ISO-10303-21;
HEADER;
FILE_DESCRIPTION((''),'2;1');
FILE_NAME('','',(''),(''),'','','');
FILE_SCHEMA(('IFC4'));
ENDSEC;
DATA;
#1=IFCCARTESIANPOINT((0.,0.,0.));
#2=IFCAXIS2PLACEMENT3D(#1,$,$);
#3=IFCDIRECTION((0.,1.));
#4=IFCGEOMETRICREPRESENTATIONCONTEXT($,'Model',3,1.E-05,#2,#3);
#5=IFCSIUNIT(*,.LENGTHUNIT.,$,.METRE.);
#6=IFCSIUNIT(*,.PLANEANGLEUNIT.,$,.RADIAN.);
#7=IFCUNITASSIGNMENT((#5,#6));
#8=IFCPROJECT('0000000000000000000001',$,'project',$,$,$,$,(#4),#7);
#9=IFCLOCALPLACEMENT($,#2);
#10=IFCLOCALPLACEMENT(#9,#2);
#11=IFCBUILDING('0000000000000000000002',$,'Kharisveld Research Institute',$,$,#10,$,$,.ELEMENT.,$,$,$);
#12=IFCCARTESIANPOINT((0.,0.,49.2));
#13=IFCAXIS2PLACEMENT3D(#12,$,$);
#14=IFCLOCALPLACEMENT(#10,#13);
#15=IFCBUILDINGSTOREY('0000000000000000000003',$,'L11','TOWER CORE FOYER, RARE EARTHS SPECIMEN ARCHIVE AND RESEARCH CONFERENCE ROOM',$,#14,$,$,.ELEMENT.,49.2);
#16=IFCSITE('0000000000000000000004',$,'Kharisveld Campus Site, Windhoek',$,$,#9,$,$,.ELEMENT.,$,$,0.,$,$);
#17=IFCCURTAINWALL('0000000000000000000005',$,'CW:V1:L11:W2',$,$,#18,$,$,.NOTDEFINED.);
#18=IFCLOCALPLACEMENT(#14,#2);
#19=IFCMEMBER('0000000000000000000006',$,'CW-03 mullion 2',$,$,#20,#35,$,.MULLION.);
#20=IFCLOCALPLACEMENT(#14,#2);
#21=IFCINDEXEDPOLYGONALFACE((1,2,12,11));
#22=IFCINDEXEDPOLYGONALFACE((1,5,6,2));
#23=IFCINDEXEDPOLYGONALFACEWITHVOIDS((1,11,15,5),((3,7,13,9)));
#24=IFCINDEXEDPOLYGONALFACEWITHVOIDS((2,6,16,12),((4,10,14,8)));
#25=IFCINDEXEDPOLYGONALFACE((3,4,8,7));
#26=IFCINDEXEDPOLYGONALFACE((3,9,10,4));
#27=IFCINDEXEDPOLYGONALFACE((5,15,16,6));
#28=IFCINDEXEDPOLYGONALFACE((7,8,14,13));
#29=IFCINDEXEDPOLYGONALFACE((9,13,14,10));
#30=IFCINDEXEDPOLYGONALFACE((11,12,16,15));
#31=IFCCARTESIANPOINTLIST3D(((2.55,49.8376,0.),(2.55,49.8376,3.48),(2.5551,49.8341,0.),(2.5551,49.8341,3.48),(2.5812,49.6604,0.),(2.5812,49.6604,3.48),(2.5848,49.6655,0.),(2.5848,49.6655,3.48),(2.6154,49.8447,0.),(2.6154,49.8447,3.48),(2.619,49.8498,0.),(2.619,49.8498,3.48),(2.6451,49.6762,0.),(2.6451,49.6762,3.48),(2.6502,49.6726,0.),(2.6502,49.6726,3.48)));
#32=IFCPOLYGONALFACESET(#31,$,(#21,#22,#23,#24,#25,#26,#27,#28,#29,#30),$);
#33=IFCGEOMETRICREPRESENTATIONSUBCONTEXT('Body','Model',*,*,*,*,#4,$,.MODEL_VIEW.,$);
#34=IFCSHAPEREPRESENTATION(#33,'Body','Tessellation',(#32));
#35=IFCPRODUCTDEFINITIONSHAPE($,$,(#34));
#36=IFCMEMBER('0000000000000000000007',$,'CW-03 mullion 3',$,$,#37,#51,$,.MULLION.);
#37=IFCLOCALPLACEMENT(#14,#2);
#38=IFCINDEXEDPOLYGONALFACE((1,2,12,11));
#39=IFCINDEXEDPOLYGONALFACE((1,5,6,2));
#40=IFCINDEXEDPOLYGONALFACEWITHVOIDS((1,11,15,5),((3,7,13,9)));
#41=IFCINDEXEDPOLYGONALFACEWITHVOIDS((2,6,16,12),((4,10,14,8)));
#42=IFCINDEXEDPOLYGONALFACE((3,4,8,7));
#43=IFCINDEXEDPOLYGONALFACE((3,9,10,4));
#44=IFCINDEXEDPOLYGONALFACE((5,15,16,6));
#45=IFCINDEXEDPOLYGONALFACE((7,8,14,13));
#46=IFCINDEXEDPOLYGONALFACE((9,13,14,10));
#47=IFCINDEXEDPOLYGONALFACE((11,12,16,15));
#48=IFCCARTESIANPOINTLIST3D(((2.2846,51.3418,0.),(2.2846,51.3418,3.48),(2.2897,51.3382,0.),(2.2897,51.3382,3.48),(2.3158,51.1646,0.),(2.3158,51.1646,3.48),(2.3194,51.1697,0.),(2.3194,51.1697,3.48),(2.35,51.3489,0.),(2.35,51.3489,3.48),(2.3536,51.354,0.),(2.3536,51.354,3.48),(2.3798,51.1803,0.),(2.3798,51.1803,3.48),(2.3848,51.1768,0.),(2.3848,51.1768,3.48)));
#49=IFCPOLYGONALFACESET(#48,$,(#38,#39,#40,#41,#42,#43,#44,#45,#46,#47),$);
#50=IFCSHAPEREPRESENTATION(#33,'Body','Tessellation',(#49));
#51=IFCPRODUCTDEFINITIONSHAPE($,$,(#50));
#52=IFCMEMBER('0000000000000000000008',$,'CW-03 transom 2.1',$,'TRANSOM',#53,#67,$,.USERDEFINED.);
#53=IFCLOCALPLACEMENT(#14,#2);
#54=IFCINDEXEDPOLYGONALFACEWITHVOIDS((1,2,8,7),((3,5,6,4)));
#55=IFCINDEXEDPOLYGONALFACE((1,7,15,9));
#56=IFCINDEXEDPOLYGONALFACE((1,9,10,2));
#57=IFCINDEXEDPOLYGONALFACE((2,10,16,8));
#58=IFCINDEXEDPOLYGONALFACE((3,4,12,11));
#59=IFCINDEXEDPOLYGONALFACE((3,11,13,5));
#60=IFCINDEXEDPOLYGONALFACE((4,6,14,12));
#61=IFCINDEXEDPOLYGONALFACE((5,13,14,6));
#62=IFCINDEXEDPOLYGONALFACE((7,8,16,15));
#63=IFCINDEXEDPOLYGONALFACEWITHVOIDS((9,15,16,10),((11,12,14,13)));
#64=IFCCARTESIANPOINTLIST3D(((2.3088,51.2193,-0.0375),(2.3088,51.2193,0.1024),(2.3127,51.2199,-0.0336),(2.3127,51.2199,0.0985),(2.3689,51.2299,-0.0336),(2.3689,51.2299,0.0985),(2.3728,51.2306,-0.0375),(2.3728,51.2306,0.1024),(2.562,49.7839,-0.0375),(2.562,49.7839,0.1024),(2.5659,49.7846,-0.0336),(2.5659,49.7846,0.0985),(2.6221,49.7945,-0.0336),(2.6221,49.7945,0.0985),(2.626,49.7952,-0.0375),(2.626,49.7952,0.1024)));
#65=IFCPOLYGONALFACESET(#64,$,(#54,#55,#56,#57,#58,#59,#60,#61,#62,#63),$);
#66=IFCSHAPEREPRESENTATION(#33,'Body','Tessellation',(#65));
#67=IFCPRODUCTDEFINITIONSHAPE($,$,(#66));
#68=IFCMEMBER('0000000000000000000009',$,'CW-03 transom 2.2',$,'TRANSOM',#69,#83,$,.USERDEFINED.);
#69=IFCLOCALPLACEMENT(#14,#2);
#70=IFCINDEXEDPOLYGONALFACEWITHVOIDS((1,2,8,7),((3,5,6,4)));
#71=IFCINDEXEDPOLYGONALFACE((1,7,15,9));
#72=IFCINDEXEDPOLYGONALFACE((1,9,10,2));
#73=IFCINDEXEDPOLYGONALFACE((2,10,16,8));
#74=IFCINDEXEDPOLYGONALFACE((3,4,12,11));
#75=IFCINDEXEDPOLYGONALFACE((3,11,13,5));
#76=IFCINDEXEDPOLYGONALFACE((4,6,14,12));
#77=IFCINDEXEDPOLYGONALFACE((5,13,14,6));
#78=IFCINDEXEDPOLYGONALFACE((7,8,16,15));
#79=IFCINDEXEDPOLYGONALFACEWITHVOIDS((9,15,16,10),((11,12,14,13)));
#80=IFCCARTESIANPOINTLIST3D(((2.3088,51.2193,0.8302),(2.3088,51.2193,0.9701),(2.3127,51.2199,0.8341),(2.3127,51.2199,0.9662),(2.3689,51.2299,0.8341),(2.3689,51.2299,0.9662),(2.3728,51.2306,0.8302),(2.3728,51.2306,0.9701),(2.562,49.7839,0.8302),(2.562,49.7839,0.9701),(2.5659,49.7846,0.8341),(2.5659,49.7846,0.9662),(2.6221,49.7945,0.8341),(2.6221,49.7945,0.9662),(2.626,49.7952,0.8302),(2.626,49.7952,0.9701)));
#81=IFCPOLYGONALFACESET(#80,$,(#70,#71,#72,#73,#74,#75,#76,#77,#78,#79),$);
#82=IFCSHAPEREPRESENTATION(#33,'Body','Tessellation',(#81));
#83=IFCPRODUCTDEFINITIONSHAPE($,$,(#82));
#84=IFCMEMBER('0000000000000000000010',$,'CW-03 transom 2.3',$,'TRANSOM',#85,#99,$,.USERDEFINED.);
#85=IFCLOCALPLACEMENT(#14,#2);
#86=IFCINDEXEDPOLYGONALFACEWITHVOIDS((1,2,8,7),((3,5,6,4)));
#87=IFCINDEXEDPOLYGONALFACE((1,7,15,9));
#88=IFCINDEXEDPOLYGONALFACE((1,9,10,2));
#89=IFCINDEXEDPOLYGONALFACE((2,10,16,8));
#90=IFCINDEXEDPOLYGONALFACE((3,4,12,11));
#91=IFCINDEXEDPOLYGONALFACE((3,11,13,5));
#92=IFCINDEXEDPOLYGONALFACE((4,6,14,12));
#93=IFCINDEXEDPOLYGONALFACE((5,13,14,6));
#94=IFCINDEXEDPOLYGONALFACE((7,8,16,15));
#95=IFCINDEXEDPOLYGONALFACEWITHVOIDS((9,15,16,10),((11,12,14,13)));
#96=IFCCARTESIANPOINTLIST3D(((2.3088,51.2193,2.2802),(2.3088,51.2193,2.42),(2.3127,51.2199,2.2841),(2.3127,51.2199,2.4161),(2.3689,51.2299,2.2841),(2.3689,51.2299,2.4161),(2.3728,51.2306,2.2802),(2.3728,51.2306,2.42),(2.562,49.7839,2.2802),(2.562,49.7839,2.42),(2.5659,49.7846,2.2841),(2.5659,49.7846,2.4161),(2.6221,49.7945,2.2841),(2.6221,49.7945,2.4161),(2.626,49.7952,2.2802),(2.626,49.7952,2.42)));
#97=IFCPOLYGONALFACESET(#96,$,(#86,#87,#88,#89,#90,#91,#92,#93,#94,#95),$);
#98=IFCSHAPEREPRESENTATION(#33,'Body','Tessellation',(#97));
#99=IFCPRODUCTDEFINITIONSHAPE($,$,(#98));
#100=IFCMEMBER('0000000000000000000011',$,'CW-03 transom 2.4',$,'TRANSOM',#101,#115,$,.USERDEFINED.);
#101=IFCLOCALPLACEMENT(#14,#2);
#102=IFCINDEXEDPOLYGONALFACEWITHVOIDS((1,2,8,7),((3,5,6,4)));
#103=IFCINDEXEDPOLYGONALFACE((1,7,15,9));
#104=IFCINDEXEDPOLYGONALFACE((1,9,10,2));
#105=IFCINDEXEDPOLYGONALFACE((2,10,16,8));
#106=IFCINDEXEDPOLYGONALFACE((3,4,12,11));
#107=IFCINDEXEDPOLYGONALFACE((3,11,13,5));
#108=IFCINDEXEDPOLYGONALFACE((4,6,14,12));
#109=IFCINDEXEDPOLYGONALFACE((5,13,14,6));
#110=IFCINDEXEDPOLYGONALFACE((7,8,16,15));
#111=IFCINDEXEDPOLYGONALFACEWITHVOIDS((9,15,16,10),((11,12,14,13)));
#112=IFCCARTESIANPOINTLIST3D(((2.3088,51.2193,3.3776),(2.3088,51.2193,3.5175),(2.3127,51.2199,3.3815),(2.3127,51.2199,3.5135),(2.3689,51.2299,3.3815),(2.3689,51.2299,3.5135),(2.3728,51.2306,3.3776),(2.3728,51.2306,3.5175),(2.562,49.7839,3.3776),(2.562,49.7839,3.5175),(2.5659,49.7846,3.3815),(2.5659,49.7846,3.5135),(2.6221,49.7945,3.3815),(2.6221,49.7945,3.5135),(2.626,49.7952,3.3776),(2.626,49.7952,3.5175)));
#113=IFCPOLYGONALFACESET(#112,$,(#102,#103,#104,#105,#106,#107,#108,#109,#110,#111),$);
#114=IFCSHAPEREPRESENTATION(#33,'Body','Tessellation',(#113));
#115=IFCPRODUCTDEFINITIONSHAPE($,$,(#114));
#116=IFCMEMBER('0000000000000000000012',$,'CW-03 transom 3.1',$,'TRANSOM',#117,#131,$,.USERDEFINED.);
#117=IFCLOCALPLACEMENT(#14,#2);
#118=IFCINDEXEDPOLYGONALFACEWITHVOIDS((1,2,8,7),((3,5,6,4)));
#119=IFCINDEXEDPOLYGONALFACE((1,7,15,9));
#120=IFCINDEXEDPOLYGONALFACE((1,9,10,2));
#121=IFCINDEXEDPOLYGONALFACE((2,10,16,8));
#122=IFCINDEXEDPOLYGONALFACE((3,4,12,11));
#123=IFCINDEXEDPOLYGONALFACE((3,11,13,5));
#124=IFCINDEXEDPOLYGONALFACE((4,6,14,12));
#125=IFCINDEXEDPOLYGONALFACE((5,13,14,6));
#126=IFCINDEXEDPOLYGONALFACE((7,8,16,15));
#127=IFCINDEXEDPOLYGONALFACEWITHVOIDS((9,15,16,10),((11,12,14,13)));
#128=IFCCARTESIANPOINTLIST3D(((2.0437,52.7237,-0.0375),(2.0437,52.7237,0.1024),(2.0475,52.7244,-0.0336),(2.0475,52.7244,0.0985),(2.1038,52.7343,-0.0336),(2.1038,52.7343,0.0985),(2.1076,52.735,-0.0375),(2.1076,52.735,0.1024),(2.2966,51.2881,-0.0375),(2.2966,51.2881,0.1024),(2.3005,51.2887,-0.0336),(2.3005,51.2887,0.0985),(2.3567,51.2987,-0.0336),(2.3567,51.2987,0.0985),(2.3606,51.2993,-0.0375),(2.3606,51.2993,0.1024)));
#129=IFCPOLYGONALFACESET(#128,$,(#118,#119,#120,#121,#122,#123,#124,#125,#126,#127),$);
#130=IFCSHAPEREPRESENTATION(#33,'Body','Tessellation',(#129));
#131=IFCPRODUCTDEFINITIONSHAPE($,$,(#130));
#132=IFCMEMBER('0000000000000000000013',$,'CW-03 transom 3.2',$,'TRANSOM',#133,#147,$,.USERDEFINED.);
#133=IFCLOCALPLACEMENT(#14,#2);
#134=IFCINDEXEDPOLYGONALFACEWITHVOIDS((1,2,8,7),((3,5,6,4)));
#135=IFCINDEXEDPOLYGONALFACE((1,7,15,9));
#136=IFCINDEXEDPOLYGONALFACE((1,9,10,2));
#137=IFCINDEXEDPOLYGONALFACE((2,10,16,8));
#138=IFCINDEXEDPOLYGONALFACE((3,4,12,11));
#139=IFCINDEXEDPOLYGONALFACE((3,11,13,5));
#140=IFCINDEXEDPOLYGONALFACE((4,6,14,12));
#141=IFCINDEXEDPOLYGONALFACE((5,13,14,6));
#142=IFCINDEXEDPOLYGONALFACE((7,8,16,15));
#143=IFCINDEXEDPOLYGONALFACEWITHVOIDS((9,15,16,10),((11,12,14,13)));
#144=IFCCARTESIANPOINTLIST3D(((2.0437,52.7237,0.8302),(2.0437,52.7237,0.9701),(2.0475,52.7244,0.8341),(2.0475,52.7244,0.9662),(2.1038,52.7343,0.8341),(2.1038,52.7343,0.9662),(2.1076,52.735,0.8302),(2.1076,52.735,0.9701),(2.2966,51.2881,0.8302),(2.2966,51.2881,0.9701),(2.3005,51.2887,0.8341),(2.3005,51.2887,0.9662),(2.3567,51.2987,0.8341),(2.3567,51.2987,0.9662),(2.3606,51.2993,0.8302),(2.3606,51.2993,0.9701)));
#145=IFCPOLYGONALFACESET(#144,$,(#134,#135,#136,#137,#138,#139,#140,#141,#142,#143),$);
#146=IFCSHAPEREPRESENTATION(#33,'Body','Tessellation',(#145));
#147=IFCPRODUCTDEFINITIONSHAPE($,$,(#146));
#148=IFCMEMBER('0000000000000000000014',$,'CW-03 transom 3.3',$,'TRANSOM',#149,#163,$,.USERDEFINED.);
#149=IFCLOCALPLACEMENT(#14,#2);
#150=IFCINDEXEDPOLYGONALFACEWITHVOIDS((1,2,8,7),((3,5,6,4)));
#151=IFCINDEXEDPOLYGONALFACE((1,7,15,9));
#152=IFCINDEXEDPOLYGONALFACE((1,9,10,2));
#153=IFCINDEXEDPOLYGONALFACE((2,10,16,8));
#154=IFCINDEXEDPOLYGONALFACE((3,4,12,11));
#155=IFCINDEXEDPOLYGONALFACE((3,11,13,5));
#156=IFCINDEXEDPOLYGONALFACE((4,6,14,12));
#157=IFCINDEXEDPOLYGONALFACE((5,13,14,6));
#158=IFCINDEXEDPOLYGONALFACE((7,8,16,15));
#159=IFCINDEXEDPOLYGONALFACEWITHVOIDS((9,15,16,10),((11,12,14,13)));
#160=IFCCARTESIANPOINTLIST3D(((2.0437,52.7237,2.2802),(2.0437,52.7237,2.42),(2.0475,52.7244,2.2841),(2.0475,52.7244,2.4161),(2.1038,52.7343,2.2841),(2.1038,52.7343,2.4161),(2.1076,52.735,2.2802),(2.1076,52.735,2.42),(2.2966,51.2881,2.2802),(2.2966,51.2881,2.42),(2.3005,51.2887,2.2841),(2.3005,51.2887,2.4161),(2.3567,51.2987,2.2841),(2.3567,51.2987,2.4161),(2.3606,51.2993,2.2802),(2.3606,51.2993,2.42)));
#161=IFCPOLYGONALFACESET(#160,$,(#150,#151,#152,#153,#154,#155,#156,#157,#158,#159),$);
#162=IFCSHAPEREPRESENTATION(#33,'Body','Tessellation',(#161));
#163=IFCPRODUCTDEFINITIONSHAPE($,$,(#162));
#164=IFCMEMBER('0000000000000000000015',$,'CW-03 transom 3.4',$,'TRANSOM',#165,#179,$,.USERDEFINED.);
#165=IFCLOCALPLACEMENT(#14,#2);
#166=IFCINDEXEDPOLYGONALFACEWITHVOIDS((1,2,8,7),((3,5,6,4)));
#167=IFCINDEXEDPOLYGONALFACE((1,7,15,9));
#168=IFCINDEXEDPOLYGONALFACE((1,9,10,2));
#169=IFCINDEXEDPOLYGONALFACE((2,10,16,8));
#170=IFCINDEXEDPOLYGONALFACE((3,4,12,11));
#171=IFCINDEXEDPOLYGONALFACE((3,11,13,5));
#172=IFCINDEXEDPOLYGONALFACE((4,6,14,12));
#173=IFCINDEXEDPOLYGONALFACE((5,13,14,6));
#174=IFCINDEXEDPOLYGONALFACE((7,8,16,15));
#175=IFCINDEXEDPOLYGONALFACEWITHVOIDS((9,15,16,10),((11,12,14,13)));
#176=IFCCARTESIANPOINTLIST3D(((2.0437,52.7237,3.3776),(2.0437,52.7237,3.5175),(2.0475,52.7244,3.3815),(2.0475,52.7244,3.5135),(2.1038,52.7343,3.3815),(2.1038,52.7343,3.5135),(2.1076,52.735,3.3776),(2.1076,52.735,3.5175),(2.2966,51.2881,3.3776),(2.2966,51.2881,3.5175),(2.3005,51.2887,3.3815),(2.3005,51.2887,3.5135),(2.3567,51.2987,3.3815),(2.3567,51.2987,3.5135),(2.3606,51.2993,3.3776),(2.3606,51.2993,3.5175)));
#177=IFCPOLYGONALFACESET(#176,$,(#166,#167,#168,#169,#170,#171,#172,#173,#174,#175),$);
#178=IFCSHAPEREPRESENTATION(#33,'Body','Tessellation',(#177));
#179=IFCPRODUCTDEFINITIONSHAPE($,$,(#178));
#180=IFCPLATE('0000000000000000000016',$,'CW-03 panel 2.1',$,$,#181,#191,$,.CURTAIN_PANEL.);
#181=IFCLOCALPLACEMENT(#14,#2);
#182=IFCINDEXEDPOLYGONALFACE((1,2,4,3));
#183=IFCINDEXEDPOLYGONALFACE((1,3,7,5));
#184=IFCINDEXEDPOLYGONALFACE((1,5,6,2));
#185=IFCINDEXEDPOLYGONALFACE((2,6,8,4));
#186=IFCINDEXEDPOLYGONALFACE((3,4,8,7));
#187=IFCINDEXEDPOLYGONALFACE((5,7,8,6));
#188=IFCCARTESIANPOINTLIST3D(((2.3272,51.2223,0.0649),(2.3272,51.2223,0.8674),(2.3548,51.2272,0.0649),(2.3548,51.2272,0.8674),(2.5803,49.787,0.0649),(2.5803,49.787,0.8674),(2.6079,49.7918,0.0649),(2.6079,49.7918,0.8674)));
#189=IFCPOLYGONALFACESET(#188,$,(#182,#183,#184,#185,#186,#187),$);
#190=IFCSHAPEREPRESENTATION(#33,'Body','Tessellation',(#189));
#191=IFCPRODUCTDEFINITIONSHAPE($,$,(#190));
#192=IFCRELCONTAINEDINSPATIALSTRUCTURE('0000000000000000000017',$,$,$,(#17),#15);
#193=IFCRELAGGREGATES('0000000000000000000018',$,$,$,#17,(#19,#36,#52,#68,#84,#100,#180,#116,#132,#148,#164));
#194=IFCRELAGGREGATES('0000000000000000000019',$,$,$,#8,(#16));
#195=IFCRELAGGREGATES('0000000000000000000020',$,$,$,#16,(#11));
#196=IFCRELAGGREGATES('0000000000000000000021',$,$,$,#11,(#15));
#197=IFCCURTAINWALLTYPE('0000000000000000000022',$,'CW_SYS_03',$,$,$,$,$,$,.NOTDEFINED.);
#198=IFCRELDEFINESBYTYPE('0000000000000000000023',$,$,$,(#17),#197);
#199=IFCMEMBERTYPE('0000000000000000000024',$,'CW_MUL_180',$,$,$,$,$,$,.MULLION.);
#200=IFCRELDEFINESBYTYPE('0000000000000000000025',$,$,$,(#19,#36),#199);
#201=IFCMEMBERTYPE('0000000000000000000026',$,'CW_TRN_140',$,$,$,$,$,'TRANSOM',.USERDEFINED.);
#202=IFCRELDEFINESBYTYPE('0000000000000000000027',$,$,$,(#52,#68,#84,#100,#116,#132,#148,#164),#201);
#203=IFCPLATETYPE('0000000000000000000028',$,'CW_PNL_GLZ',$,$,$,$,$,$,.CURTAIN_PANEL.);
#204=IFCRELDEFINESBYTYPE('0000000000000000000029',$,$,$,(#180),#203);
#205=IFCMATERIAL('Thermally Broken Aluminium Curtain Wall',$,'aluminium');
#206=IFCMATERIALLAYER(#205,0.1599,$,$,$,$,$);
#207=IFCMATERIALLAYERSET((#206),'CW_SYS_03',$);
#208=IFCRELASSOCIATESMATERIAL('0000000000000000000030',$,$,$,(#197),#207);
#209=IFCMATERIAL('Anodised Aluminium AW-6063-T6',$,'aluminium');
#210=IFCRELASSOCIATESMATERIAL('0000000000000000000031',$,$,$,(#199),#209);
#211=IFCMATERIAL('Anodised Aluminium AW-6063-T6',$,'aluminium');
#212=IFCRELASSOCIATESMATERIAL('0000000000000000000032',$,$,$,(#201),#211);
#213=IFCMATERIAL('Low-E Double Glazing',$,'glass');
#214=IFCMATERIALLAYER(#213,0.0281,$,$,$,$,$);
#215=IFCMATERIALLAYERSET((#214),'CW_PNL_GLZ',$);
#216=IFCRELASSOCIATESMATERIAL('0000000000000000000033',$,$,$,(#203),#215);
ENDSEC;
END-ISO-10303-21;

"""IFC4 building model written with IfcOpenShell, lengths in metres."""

from ifc_helpers import new_model, si_unit, direction, frame, origin, origin_2d, place, context, subcontext, project, spatial, rectangle, hollow_rectangle, extrude, material, layer, layer_set, material_profile, profile_set, type_object, element, aggregate, save


model = new_model("IFC4")

# Units and contexts
model_context = context("Model", 3, precision=1e-05, world=origin(), true_north=direction((0.0, 1.0)))
body_context = subcontext(model_context, "Body", "Model", "MODEL_VIEW")
ifc_project = project(units=[si_unit("LENGTHUNIT", "METRE"), si_unit("PLANEANGLEUNIT", "RADIAN")], contexts=[model_context])

# Site, building, storey
site_placement = place(None, origin())
site = spatial("IfcSite", under=ifc_project, at=site_placement, Name="Kharisveld Campus Site, Windhoek", CompositionType="ELEMENT", RefElevation=0.0)
building_placement = place(site_placement, origin())
building = spatial("IfcBuilding", under=site, at=building_placement, Name="Kharisveld Research Institute", CompositionType="ELEMENT")
storey_placement = place(building_placement, frame((0.0, 0.0, 49.2)))
storey = spatial("IfcBuildingStorey", under=building, at=storey_placement, Name="L11", Description="TOWER CORE FOYER, RARE EARTHS SPECIMEN ARCHIVE AND RESEARCH CONFERENCE ROOM", CompositionType="ELEMENT", Elevation=49.2)

# Curtain wall, members, plate
ifc_material_1 = material(Name="Thermally Broken Aluminium Curtain Wall", Category="aluminium")
ifc_layer_1 = layer(ifc_material_1, 0.1599)
ifc_layer_set_1 = layer_set([ifc_layer_1], Name="CW_SYS_03")
curtain_wall_type = type_object("IfcCurtainWallType", Name="CW_SYS_03", PredefinedType="NOTDEFINED", material=ifc_layer_set_1)
curtain_wall_placement = place(storey_placement, origin())
curtain_wall = element("IfcCurtainWall", 1, at=curtain_wall_placement, inside=storey, type_object=curtain_wall_type, Name="CW:V1:L11:W2", PredefinedType="NOTDEFINED")
ifc_material_2 = material(Name="Anodised Aluminium AW-6063-T6", Category="aluminium")
ifc_material_profile_1 = material_profile(ifc_material_2, hollow_rectangle(XDim=0.0701, YDim=0.1799, WallThickness=0.0044, at=origin_2d()))
ifc_profile_set_1 = profile_set([ifc_material_profile_1], Name="Anodised Aluminium AW-6063-T6")
member_type_1 = type_object("IfcMemberType", Name="CW_MUL_180", PredefinedType="MULLION", material=ifc_profile_set_1)
member_1_placement = place(storey_placement, frame((2.6001, 49.7551, 0.0), z_axis=(0.0, 0.0, 1.0), x_axis=(-0.984808, -0.173648, 0.0)))
member_1 = element("IfcMember", 2, at=member_1_placement, type_object=member_type_1, Name="CW-03 mullion 2", PredefinedType="MULLION", context=body_context, shape_type="SweptSolid", body=[
    extrude(hollow_rectangle(XDim=0.0701, YDim=0.1799, WallThickness=0.0044, at=origin_2d()), origin(), (0.0, 0.0, 1.0), 3.48),
])
member_2_placement = place(storey_placement, frame((2.3347, 51.2593, 0.0), z_axis=(0.0, 0.0, 1.0), x_axis=(-0.984808, -0.173648, 0.0)))
member_2 = element("IfcMember", 3, at=member_2_placement, type_object=member_type_1, Name="CW-03 mullion 3", PredefinedType="MULLION", context=body_context, shape_type="SweptSolid", body=[
    extrude(hollow_rectangle(XDim=0.0701, YDim=0.1799, WallThickness=0.0044, at=origin_2d()), origin(), (0.0, 0.0, 1.0), 3.48),
])
ifc_material_3 = material(Name="Anodised Aluminium AW-6063-T6", Category="aluminium")
ifc_material_profile_2 = material_profile(ifc_material_3, hollow_rectangle(XDim=0.0649, YDim=0.1399, WallThickness=0.0039, at=origin_2d()))
ifc_profile_set_2 = profile_set([ifc_material_profile_2], Name="Anodised Aluminium AW-6063-T6")
member_type_2 = type_object("IfcMemberType", Name="CW_TRN_140", ElementType="TRANSOM", PredefinedType="USERDEFINED", material=ifc_profile_set_2)
member_3_placement = place(storey_placement, frame((2.594, 49.7896, 0.0325), z_axis=(-0.173709, 0.984797, 0.0), x_axis=(-0.984797, -0.173709, 0.0)))
member_3 = element("IfcMember", 4, at=member_3_placement, type_object=member_type_2, Name="CW-03 transom 2.1", ObjectType="TRANSOM", PredefinedType="USERDEFINED", context=body_context, shape_type="SweptSolid", body=[
    extrude(hollow_rectangle(XDim=0.0649, YDim=0.1399, WallThickness=0.0039, at=origin_2d()), origin(), (0.0, 0.0, 1.0), 1.4575),
])
member_4_placement = place(storey_placement, frame((2.594, 49.7896, 0.9001), z_axis=(-0.173709, 0.984797, 0.0), x_axis=(-0.984797, -0.173709, 0.0)))
member_4 = element("IfcMember", 5, at=member_4_placement, type_object=member_type_2, Name="CW-03 transom 2.2", ObjectType="TRANSOM", PredefinedType="USERDEFINED", context=body_context, shape_type="SweptSolid", body=[
    extrude(hollow_rectangle(XDim=0.0649, YDim=0.1399, WallThickness=0.0039, at=origin_2d()), origin(), (0.0, 0.0, 1.0), 1.4575),
])
member_5_placement = place(storey_placement, frame((2.594, 49.7896, 2.3501), z_axis=(-0.173709, 0.984797, 0.0), x_axis=(-0.984797, -0.173709, 0.0)))
member_5 = element("IfcMember", 6, at=member_5_placement, type_object=member_type_2, Name="CW-03 transom 2.3", ObjectType="TRANSOM", PredefinedType="USERDEFINED", context=body_context, shape_type="SweptSolid", body=[
    extrude(hollow_rectangle(XDim=0.0649, YDim=0.1399, WallThickness=0.0039, at=origin_2d()), origin(), (0.0, 0.0, 1.0), 1.4575),
])
member_6_placement = place(storey_placement, frame((2.594, 49.7896, 3.4475), z_axis=(-0.173709, 0.984797, 0.0), x_axis=(-0.984797, -0.173709, 0.0)))
member_6 = element("IfcMember", 7, at=member_6_placement, type_object=member_type_2, Name="CW-03 transom 2.4", ObjectType="TRANSOM", PredefinedType="USERDEFINED", context=body_context, shape_type="SweptSolid", body=[
    extrude(hollow_rectangle(XDim=0.0649, YDim=0.1399, WallThickness=0.0039, at=origin_2d()), origin(), (0.0, 0.0, 1.0), 1.4575),
])
member_7_placement = place(storey_placement, frame((2.3286, 51.2937, 0.0325), z_axis=(-0.173518, 0.984831, 0.0), x_axis=(-0.984831, -0.173518, 0.0)))
member_7 = element("IfcMember", 8, at=member_7_placement, type_object=member_type_2, Name="CW-03 transom 3.1", ObjectType="TRANSOM", PredefinedType="USERDEFINED", context=body_context, shape_type="SweptSolid", body=[
    extrude(hollow_rectangle(XDim=0.0649, YDim=0.1399, WallThickness=0.0039, at=origin_2d()), origin(), (0.0, 0.0, 1.0), 1.4578),
])
member_8_placement = place(storey_placement, frame((2.3286, 51.2937, 0.9001), z_axis=(-0.173518, 0.984831, 0.0), x_axis=(-0.984831, -0.173518, 0.0)))
member_8 = element("IfcMember", 9, at=member_8_placement, type_object=member_type_2, Name="CW-03 transom 3.2", ObjectType="TRANSOM", PredefinedType="USERDEFINED", context=body_context, shape_type="SweptSolid", body=[
    extrude(hollow_rectangle(XDim=0.0649, YDim=0.1399, WallThickness=0.0039, at=origin_2d()), origin(), (0.0, 0.0, 1.0), 1.4578),
])
member_9_placement = place(storey_placement, frame((2.3286, 51.2937, 2.3501), z_axis=(-0.173518, 0.984831, 0.0), x_axis=(-0.984831, -0.173518, 0.0)))
member_9 = element("IfcMember", 10, at=member_9_placement, type_object=member_type_2, Name="CW-03 transom 3.3", ObjectType="TRANSOM", PredefinedType="USERDEFINED", context=body_context, shape_type="SweptSolid", body=[
    extrude(hollow_rectangle(XDim=0.0649, YDim=0.1399, WallThickness=0.0039, at=origin_2d()), origin(), (0.0, 0.0, 1.0), 1.4578),
])
member_10_placement = place(storey_placement, frame((2.3286, 51.2937, 3.4475), z_axis=(-0.173518, 0.984831, 0.0), x_axis=(-0.984831, -0.173518, 0.0)))
member_10 = element("IfcMember", 11, at=member_10_placement, type_object=member_type_2, Name="CW-03 transom 3.4", ObjectType="TRANSOM", PredefinedType="USERDEFINED", context=body_context, shape_type="SweptSolid", body=[
    extrude(hollow_rectangle(XDim=0.0649, YDim=0.1399, WallThickness=0.0039, at=origin_2d()), origin(), (0.0, 0.0, 1.0), 1.4578),
])
ifc_material_4 = material(Name="Low-E Double Glazing", Category="glass")
ifc_layer_2 = layer(ifc_material_4, 0.0281)
ifc_layer_set_2 = layer_set([ifc_layer_2], Name="CW_PNL_GLZ")
plate_type = type_object("IfcPlateType", Name="CW_PNL_GLZ", PredefinedType="CURTAIN_PANEL", material=ifc_layer_set_2)
plate_1_placement = place(storey_placement, frame((2.4675, 50.5071, 0.0649), z_axis=(0.0, 0.0, 1.0), x_axis=(-0.173648, 0.984808, 0.0)))
plate_1 = element("IfcPlate", 12, at=plate_1_placement, type_object=plate_type, Name="CW-03 panel 2.1", PredefinedType="CURTAIN_PANEL", context=body_context, shape_type="SweptSolid", body=[
    extrude(rectangle(XDim=1.4575, YDim=0.0281, at=origin_2d()), origin(), (0.0, 0.0, 1.0), 0.8025),
])
aggregate(curtain_wall, [member_1, member_2, member_3, member_4, member_5, member_6, plate_1, member_7, member_8, member_9, member_10])

save(model, "model.ifc")
